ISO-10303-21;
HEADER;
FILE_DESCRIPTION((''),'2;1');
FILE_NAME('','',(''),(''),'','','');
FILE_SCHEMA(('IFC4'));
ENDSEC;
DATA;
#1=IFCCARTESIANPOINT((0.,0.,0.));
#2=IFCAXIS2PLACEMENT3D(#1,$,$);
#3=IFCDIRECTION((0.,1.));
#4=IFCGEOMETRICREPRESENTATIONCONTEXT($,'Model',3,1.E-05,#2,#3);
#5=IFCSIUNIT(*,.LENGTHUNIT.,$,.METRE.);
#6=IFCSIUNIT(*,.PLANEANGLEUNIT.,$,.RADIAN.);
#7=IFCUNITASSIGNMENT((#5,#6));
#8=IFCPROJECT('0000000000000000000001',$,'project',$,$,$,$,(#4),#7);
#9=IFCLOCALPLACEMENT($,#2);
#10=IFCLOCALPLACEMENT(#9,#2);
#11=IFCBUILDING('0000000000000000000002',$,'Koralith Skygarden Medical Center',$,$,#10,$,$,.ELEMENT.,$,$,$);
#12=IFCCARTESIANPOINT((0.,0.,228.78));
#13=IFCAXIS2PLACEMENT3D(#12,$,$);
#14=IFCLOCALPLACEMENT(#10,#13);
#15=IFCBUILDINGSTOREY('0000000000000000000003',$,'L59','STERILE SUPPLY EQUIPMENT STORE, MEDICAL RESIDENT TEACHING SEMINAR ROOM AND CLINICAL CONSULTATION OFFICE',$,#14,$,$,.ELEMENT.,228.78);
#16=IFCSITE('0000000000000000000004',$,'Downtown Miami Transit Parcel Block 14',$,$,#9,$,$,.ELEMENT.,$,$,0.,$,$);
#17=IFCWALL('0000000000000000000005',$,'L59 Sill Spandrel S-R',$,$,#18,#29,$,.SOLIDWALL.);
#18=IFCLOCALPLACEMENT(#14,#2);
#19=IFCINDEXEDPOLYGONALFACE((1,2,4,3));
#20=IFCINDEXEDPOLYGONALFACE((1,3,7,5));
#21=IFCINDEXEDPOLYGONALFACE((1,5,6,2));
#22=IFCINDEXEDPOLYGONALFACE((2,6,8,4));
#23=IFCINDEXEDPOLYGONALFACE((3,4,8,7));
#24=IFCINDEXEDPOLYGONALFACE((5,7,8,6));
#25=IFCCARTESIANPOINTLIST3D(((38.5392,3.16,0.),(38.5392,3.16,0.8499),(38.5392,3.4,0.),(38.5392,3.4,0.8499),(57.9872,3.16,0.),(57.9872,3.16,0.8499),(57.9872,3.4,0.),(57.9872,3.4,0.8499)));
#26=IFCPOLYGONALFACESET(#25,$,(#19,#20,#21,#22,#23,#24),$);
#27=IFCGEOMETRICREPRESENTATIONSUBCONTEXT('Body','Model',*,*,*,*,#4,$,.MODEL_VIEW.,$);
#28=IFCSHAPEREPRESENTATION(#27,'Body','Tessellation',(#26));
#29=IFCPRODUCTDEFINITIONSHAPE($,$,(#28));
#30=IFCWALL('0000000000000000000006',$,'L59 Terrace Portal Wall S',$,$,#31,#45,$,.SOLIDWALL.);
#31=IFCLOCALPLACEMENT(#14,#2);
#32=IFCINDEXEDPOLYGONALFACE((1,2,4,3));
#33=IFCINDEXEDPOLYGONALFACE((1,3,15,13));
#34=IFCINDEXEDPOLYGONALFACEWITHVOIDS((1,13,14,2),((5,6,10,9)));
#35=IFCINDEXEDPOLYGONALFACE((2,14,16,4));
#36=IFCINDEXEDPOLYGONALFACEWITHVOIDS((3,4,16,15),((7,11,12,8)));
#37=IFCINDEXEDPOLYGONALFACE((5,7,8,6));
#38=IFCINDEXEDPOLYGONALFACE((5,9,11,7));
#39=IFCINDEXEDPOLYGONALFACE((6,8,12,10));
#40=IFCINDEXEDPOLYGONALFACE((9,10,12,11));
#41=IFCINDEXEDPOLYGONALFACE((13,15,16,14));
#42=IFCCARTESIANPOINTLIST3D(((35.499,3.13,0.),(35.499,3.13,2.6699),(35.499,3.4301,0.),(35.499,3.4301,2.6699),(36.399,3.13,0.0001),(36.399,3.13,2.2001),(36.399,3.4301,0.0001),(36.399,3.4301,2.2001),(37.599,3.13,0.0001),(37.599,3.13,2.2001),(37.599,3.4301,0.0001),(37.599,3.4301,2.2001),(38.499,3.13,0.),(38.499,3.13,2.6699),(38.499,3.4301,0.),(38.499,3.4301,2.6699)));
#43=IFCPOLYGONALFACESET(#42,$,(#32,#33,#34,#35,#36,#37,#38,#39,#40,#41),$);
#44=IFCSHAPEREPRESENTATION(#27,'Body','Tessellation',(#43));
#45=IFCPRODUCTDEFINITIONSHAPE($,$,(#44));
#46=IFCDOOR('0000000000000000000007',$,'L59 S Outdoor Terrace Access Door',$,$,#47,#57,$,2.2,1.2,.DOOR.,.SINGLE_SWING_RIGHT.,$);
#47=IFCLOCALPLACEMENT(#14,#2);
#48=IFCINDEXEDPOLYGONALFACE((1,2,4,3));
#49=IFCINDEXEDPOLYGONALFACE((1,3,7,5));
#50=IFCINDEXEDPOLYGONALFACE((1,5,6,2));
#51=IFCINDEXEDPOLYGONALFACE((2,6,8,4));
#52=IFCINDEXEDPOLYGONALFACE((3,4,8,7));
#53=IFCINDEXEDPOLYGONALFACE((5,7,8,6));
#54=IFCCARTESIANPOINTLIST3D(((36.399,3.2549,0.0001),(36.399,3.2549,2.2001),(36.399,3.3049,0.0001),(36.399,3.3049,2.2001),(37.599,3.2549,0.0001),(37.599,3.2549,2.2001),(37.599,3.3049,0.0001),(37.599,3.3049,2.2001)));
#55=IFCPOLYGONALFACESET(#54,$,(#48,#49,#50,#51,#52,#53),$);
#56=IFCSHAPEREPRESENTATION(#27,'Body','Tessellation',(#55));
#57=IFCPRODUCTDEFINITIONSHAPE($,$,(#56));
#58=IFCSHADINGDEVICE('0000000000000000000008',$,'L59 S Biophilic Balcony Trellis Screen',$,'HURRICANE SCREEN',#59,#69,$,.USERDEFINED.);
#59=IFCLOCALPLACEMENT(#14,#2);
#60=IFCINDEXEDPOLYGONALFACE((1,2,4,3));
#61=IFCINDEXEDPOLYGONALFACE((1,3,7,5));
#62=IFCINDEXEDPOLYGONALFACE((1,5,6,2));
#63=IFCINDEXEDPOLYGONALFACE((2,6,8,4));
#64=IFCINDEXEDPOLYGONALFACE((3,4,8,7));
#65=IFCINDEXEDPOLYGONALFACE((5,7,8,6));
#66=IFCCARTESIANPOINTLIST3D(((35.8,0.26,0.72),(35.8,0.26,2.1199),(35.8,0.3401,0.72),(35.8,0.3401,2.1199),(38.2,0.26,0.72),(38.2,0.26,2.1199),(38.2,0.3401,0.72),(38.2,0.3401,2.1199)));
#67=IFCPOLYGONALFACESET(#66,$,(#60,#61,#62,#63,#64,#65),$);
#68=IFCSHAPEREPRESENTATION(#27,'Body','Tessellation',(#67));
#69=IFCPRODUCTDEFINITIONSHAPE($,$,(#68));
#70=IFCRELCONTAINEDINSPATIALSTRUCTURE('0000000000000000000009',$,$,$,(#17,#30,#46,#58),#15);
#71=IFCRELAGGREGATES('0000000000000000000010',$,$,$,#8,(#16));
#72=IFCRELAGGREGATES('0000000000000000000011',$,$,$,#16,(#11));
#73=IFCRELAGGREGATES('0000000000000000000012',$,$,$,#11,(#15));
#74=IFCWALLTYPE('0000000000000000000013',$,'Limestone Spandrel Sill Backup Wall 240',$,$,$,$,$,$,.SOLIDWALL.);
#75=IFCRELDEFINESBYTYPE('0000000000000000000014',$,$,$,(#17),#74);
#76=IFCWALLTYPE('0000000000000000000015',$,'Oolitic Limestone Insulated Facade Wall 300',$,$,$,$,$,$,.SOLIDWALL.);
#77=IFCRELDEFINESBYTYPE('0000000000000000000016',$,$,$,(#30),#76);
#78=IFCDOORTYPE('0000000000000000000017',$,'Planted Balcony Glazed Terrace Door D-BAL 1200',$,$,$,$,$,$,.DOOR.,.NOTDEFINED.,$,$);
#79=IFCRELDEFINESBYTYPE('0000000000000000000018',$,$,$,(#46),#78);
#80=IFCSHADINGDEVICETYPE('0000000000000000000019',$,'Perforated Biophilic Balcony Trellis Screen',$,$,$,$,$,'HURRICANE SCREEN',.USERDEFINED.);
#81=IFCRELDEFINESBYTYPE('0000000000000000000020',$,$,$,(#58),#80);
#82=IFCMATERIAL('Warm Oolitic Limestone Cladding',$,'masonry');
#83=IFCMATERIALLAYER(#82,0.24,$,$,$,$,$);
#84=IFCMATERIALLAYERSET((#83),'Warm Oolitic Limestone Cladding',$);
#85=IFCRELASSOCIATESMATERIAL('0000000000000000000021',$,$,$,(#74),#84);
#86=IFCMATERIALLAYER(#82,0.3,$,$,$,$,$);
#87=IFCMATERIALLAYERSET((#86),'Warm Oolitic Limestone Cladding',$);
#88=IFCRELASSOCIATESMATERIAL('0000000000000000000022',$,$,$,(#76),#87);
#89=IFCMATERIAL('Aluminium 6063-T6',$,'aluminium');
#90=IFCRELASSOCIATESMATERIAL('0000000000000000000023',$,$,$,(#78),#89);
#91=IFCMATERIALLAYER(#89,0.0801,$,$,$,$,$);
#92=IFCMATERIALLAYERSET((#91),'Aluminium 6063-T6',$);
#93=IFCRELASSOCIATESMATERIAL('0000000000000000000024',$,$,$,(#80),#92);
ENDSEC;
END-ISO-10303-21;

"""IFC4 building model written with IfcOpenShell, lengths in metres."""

from ifc_helpers import new_model, si_unit, direction, frame, frame_2d, origin, origin_2d, place, context, subcontext, project, spatial, rectangle, extrude, material, layer, layer_set, type_object, element, fill, save


model = new_model("IFC4")

# Units and contexts
model_context = context("Model", 3, precision=1e-05, world=origin(), true_north=direction((0.0, 1.0)))
body_context = subcontext(model_context, "Body", "Model", "MODEL_VIEW")
ifc_project = project(units=[si_unit("LENGTHUNIT", "METRE"), si_unit("PLANEANGLEUNIT", "RADIAN")], contexts=[model_context])

# Site, building, storey
site_placement = place(None, origin())
site = spatial("IfcSite", under=ifc_project, at=site_placement, Name="Downtown Miami Transit Parcel Block 14", CompositionType="ELEMENT", RefElevation=0.0)
building_placement = place(site_placement, origin())
building = spatial("IfcBuilding", under=site, at=building_placement, Name="Koralith Skygarden Medical Center", CompositionType="ELEMENT")
storey_placement = place(building_placement, frame((0.0, 0.0, 228.78)))
storey = spatial("IfcBuildingStorey", under=building, at=storey_placement, Name="L59", Description="STERILE SUPPLY EQUIPMENT STORE, MEDICAL RESIDENT TEACHING SEMINAR ROOM AND CLINICAL CONSULTATION OFFICE", CompositionType="ELEMENT", Elevation=228.78)

# Shared definitions
ifc_material_1 = material(Name="Aluminium 6063-T6", Category="aluminium")

# Wall
ifc_material_2 = material(Name="Warm Oolitic Limestone Cladding", Category="masonry")
ifc_layer_1 = layer(ifc_material_2, 0.24)
ifc_layer_set_1 = layer_set([ifc_layer_1], Name="Warm Oolitic Limestone Cladding")
wall_type_1 = type_object("IfcWallType", Name="Limestone Spandrel Sill Backup Wall 240", PredefinedType="SOLIDWALL", material=ifc_layer_set_1)
wall_1_placement = place(storey_placement, frame((38.5391, 3.28, 0.0), z_axis=(0.0, 0.0, 1.0), x_axis=(1.0, 0.0, 0.0)))
element("IfcWall", 1, at=wall_1_placement, inside=storey, type_object=wall_type_1, Name="L59 Sill Spandrel S-R", PredefinedType="SOLIDWALL", context=body_context, shape_type="SweptSolid", body=[
    extrude(rectangle(XDim=19.448, YDim=0.24, at=frame_2d((9.7241, 0.0))), origin(), (0.0, 0.0, 1.0), 0.8499),
])

# Wall, opening, door
ifc_layer_2 = layer(ifc_material_2, 0.3)
ifc_layer_set_2 = layer_set([ifc_layer_2], Name="Warm Oolitic Limestone Cladding")
wall_type_2 = type_object("IfcWallType", Name="Oolitic Limestone Insulated Facade Wall 300", PredefinedType="SOLIDWALL", material=ifc_layer_set_2)
wall_2_placement = place(storey_placement, frame((35.499, 3.28, 0.0), z_axis=(0.0, 0.0, 1.0), x_axis=(1.0, 0.0, 0.0)))
wall_2 = element("IfcWall", 2, at=wall_2_placement, inside=storey, type_object=wall_type_2, Name="L59 Terrace Portal Wall S", PredefinedType="SOLIDWALL", context=body_context, shape_type="SweptSolid", body=[
    extrude(rectangle(XDim=3.0, YDim=0.3, at=frame_2d((1.5, 0.0))), origin(), (0.0, 0.0, 1.0), 2.6699),
])
opening_1_placement = place(wall_2_placement, frame((0.8999, 0.0, 0.0)))
opening_1 = element("IfcOpeningElement", 3, at=opening_1_placement, cuts=wall_2, PredefinedType="OPENING", context=body_context, shape_type="SweptSolid", body=[
    extrude(rectangle(XDim=1.2, YDim=2.2, at=frame_2d((0.6001, 1.1001))), frame((0.0, 0.1599, 0.0), z_axis=(0.0, -1.0, 0.0), x_axis=(1.0, 0.0, 0.0)), (0.0, 0.0, 1.0), 0.3201),
])
door_type_1 = type_object("IfcDoorType", Name="Planted Balcony Glazed Terrace Door D-BAL 1200", OperationType="NOTDEFINED", PredefinedType="DOOR", material=ifc_material_1)
door_1_placement = place(opening_1_placement, origin())
door_1 = element("IfcDoor", 4, at=door_1_placement, inside=storey, type_object=door_type_1, Name="L59 S Outdoor Terrace Access Door", OperationType="SINGLE_SWING_RIGHT", OverallHeight=2.2, OverallWidth=1.2, PredefinedType="DOOR", context=body_context, shape_type="SweptSolid", body=[
    extrude(rectangle(XDim=1.2, YDim=2.2, at=frame_2d((0.6001, 1.1001))), frame((0.0, 0.0249, 0.0), z_axis=(0.0, -1.0, 0.0), x_axis=(1.0, 0.0, 0.0)), (0.0, 0.0, 1.0), 0.05),
])
fill(opening_1, door_1)

# Shading device
ifc_layer_3 = layer(ifc_material_1, 0.0801)
ifc_layer_set_3 = layer_set([ifc_layer_3], Name="Aluminium 6063-T6")
shading_device_type = type_object("IfcShadingDeviceType", Name="Perforated Biophilic Balcony Trellis Screen", ElementType="HURRICANE SCREEN", PredefinedType="USERDEFINED", material=ifc_layer_set_3)
shading_device_placement = place(storey_placement, frame((37.0, 0.3, 0.72), z_axis=(0.0, 0.0, 1.0), x_axis=(1.0, 0.0, 0.0)))
element("IfcShadingDevice", 5, at=shading_device_placement, inside=storey, type_object=shading_device_type, Name="L59 S Biophilic Balcony Trellis Screen", ObjectType="HURRICANE SCREEN", PredefinedType="USERDEFINED", context=body_context, shape_type="SweptSolid", body=[
    extrude(rectangle(XDim=2.3999, YDim=0.0801, at=origin_2d()), origin(), (0.0, 0.0, 1.0), 1.3999),
])

save(model, "model.ifc")
